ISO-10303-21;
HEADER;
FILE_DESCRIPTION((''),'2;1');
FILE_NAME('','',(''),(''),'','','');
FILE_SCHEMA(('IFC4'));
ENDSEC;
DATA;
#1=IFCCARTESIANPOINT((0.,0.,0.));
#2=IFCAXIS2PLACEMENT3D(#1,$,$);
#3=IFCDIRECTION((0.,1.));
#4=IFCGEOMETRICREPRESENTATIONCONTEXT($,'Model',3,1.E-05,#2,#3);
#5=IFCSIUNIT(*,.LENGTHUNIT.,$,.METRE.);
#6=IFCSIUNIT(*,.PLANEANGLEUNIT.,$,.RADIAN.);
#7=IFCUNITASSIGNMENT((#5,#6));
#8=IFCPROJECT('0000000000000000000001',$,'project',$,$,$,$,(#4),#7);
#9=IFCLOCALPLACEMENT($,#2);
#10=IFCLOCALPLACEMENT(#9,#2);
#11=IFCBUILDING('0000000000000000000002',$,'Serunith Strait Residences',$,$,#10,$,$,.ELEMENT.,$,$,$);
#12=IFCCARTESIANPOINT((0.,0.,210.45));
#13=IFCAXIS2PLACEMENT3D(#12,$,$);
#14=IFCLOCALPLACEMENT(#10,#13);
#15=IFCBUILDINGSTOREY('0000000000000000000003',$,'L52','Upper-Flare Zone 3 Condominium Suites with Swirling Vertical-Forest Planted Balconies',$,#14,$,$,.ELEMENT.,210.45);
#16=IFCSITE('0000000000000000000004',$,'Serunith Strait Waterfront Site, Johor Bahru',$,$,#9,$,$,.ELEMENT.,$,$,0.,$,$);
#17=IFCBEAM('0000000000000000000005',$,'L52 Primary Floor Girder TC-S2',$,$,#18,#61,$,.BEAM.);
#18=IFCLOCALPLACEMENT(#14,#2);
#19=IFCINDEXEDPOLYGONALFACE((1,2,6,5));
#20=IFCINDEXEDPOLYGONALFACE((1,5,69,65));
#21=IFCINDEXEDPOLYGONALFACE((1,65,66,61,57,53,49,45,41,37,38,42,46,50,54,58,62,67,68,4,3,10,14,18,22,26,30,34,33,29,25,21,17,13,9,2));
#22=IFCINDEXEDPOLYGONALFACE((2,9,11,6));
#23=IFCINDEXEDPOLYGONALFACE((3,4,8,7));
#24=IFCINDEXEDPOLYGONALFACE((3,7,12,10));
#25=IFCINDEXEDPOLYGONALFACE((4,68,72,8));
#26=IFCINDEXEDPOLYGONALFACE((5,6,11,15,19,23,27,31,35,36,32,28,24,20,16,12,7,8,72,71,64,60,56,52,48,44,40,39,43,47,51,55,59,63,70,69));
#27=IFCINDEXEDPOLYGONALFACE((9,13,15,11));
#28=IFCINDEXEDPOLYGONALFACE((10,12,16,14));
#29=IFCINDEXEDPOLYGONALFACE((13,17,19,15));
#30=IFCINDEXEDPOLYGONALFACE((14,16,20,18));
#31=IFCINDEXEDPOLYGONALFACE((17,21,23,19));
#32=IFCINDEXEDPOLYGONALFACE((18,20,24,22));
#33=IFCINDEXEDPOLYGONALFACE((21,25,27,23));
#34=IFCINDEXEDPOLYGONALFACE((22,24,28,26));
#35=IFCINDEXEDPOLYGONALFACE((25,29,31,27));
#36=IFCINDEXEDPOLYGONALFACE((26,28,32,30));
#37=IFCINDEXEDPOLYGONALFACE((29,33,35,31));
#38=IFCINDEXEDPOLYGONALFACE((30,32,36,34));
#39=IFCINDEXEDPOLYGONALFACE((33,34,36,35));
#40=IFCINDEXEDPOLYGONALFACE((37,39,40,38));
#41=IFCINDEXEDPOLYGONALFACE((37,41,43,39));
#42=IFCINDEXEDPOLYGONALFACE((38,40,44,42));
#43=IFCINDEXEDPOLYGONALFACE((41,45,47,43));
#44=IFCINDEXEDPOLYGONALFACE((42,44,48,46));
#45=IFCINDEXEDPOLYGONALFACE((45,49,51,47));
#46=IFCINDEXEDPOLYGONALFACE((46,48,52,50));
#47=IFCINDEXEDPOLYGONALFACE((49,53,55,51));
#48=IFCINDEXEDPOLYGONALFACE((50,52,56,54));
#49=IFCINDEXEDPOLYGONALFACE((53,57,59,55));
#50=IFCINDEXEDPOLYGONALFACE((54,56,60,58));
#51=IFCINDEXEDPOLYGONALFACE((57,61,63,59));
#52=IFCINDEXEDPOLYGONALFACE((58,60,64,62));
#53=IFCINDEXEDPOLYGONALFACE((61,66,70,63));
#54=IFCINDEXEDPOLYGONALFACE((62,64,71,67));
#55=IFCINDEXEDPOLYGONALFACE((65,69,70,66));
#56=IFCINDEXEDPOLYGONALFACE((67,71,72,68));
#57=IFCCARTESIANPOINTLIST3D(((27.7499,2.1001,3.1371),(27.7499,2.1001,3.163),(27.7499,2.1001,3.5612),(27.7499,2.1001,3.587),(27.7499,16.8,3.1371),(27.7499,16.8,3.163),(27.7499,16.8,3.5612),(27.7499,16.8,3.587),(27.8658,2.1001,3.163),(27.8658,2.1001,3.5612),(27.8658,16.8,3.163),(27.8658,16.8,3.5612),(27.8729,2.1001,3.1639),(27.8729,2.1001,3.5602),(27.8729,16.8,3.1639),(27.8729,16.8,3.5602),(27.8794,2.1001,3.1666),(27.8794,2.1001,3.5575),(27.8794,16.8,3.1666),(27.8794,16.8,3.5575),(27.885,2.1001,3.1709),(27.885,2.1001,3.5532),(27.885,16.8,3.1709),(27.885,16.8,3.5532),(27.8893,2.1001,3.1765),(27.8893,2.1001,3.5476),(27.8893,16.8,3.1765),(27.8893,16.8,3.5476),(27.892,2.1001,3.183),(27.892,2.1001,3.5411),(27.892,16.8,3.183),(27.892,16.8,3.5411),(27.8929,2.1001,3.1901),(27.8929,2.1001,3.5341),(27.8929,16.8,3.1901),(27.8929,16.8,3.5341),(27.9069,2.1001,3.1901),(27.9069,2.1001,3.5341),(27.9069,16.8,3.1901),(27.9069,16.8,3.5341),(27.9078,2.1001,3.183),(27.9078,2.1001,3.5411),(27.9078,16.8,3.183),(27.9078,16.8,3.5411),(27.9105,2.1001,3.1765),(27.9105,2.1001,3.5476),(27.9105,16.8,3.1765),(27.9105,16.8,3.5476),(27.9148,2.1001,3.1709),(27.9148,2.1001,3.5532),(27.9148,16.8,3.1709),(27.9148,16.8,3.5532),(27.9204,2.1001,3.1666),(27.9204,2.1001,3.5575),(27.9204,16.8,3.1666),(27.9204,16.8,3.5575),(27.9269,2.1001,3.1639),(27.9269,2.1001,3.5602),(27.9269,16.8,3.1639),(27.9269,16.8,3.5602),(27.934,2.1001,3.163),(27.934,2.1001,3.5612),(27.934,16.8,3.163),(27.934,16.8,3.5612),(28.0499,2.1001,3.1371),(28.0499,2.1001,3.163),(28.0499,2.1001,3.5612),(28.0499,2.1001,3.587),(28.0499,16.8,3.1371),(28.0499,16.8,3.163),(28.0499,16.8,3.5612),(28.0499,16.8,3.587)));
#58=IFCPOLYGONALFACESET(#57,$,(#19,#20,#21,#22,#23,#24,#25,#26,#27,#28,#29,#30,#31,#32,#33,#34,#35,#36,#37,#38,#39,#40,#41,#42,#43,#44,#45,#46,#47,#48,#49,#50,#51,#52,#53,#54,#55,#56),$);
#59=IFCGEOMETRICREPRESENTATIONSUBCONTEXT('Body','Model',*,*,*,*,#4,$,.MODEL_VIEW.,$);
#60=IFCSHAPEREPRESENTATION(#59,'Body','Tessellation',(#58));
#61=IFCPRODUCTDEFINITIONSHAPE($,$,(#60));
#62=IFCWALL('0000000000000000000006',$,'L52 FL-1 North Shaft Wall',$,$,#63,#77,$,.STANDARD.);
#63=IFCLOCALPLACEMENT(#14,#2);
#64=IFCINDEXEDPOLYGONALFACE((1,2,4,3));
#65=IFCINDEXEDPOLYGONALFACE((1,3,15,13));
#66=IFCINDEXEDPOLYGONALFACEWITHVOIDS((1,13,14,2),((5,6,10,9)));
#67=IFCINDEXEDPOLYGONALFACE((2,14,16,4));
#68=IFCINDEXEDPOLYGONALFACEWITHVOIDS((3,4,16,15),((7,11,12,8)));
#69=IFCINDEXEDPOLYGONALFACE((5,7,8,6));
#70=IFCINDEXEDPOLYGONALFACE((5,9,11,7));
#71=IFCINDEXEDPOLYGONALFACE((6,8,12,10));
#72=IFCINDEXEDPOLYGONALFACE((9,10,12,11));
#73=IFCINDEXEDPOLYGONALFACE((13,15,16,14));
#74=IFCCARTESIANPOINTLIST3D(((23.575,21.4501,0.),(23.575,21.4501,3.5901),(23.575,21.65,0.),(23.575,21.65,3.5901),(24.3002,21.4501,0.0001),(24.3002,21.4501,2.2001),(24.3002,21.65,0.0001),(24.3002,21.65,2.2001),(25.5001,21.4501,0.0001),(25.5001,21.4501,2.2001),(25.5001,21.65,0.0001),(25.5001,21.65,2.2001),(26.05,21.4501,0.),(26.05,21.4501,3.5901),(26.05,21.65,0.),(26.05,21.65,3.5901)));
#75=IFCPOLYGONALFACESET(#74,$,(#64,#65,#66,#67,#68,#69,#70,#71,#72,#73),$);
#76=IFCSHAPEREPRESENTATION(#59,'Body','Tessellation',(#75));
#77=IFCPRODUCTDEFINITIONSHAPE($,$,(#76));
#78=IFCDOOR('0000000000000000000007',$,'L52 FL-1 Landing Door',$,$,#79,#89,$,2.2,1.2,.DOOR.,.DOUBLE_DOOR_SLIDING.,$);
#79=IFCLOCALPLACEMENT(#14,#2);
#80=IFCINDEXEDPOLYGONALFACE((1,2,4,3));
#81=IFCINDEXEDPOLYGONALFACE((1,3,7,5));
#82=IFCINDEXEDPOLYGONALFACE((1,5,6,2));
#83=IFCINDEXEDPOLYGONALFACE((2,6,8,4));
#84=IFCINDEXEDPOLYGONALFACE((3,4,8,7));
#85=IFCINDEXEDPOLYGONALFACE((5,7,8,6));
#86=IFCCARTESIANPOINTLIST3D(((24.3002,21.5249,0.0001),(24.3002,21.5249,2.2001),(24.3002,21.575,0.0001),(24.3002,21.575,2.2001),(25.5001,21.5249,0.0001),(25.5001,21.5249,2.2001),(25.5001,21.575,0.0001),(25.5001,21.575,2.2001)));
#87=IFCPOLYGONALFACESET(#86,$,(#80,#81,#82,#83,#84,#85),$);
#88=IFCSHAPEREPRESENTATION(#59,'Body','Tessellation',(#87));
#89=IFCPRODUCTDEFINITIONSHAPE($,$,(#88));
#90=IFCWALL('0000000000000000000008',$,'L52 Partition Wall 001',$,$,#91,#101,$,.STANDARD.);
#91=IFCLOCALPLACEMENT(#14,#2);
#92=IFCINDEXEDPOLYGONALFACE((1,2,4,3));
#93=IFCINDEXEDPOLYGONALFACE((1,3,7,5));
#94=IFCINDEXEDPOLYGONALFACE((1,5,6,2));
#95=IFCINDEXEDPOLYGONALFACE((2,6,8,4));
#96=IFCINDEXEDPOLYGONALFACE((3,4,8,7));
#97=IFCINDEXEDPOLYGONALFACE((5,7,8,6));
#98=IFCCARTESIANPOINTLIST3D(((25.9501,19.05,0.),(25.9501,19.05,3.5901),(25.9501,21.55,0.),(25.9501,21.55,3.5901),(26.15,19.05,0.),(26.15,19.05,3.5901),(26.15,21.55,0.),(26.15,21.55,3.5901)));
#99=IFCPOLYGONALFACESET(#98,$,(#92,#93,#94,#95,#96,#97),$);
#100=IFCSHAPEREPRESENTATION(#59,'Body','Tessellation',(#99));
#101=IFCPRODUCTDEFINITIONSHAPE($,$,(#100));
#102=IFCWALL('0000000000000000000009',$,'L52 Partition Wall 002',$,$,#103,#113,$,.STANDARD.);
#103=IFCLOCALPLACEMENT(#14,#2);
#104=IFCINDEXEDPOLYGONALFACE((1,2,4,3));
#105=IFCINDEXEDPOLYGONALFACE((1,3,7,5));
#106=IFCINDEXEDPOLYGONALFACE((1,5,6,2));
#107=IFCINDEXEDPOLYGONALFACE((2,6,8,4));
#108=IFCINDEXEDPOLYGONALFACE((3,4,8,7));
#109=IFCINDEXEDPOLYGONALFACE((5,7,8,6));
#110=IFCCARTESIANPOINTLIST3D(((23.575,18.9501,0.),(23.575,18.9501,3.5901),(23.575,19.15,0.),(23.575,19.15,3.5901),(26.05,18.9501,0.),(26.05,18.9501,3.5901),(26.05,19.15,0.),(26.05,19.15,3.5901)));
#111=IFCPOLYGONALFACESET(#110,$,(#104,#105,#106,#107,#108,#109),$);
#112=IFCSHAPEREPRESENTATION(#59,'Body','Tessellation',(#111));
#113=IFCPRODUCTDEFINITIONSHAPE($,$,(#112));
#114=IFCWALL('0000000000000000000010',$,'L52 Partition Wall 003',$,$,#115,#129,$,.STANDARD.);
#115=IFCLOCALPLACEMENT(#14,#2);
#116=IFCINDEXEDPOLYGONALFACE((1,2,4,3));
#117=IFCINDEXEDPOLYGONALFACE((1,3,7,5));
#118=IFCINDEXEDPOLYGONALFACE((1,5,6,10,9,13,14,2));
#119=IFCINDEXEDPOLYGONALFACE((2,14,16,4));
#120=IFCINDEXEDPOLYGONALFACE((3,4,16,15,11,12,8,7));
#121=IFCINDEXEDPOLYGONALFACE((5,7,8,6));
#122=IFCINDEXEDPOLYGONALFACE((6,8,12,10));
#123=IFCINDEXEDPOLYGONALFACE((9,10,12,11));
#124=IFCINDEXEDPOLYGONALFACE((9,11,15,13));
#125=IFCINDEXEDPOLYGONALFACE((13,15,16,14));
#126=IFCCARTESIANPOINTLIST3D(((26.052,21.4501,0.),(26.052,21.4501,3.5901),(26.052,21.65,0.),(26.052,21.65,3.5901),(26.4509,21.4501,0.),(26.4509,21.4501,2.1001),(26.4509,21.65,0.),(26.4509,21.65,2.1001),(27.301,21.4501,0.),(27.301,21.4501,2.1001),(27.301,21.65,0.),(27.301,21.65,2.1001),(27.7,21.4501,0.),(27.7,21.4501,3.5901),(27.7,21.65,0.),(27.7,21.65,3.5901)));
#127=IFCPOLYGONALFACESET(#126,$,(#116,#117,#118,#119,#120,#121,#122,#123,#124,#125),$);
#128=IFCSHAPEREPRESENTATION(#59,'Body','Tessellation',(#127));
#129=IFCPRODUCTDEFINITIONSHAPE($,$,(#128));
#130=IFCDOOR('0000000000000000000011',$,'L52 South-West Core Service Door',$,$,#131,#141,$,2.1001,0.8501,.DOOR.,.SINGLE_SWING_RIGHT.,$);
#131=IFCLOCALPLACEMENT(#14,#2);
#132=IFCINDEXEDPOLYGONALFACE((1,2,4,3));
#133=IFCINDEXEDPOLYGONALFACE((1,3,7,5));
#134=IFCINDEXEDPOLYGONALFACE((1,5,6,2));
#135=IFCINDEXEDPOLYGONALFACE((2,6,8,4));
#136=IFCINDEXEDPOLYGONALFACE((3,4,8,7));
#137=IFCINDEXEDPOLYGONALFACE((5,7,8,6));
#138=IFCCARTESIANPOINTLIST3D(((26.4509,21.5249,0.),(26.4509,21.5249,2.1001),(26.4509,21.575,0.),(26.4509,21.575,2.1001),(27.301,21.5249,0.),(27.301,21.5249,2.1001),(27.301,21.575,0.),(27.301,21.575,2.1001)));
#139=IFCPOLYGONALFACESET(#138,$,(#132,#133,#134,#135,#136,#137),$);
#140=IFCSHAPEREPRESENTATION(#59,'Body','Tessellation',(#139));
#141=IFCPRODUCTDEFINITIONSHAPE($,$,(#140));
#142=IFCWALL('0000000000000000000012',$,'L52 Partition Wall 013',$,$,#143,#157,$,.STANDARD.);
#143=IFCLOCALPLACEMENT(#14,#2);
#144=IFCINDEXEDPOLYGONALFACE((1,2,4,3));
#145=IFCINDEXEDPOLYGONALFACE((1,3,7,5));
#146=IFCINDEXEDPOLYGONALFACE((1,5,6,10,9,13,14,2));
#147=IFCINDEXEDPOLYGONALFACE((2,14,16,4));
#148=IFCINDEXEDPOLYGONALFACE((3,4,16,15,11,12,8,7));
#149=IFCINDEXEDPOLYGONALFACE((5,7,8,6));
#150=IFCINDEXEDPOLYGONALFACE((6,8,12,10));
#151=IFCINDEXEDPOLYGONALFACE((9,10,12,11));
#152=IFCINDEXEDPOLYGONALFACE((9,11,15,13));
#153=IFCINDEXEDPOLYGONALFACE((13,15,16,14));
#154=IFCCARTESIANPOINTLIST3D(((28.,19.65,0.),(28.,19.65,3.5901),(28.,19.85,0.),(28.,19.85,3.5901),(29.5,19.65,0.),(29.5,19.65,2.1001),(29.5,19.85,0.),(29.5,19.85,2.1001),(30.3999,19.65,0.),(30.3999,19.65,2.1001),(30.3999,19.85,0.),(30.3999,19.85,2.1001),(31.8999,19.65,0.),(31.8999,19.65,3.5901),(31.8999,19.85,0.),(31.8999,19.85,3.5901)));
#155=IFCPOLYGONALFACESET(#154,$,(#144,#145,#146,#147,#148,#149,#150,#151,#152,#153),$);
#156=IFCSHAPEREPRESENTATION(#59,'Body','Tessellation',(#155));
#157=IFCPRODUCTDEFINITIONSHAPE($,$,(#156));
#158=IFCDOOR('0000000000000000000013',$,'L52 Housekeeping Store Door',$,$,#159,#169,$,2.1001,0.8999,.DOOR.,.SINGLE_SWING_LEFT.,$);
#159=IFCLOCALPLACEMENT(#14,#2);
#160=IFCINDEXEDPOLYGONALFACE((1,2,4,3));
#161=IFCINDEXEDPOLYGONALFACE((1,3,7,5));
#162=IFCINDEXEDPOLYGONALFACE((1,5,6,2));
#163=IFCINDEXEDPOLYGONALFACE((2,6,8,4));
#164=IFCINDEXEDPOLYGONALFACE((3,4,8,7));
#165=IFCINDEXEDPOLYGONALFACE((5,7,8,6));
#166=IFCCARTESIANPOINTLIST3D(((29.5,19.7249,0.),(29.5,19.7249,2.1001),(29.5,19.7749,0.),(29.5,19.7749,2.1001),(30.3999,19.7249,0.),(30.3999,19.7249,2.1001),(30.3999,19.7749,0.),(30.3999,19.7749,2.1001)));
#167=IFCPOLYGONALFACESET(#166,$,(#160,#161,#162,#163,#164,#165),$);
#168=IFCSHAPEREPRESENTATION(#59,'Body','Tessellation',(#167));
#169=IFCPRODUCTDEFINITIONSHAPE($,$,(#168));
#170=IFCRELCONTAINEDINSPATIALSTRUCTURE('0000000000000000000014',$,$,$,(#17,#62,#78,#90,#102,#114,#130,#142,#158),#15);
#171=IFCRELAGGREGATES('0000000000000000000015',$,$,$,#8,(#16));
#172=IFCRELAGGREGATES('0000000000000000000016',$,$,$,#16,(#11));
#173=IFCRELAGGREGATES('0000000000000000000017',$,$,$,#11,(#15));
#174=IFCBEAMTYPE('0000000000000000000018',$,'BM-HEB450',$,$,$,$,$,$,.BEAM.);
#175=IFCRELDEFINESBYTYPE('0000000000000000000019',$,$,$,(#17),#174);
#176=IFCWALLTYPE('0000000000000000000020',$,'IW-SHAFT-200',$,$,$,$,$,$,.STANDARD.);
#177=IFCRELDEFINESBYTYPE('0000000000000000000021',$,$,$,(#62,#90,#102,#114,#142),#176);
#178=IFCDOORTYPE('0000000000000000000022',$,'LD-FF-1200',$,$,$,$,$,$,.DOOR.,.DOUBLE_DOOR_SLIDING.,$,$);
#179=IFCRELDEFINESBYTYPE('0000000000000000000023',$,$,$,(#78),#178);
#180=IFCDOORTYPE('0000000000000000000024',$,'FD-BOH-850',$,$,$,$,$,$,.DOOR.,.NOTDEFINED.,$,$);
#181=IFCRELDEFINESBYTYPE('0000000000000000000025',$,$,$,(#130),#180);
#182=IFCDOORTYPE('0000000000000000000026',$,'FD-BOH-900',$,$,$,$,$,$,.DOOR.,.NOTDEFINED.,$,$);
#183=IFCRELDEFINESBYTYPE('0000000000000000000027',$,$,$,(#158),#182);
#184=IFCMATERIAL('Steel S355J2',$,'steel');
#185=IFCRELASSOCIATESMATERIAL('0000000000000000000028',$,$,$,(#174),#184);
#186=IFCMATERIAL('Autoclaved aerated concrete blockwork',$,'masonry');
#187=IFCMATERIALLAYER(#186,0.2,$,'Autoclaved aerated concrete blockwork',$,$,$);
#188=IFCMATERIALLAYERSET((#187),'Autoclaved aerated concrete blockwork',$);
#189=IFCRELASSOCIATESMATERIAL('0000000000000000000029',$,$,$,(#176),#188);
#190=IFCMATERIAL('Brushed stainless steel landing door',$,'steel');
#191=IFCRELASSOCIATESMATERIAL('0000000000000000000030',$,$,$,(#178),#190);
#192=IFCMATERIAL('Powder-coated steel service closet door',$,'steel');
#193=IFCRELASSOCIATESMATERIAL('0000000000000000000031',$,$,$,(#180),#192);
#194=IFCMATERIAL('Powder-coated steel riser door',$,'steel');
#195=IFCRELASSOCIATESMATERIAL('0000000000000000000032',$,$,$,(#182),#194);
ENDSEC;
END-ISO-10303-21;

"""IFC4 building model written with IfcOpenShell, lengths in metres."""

from ifc_helpers import new_model, si_unit, direction, frame, frame_2d, origin, origin_2d, place, context, subcontext, project, spatial, rectangle, i_section, extrude, source, transform, mapped, material, layer, layer_set, material_profile, profile_set, type_object, element, fill, save


model = new_model("IFC4")

# Units and contexts
model_context = context("Model", 3, precision=1e-05, world=origin(), true_north=direction((0.0, 1.0)))
body_context = subcontext(model_context, "Body", "Model", "MODEL_VIEW")
ifc_project = project(units=[si_unit("LENGTHUNIT", "METRE"), si_unit("PLANEANGLEUNIT", "RADIAN")], contexts=[model_context])

# Site, building, storey
site_placement = place(None, origin())
site = spatial("IfcSite", under=ifc_project, at=site_placement, Name="Serunith Strait Waterfront Site, Johor Bahru", CompositionType="ELEMENT", RefElevation=0.0)
building_placement = place(site_placement, origin())
building = spatial("IfcBuilding", under=site, at=building_placement, Name="Serunith Strait Residences", CompositionType="ELEMENT")
storey_placement = place(building_placement, frame((0.0, 0.0, 210.45)))
storey = spatial("IfcBuildingStorey", under=building, at=storey_placement, Name="L52", Description="Upper-Flare Zone 3 Condominium Suites with Swirling Vertical-Forest Planted Balconies", CompositionType="ELEMENT", Elevation=210.45)

# Beam
ifc_material_1 = material(Name="Steel S355J2", Category="steel")
ifc_material_profile = material_profile(ifc_material_1, i_section(OverallWidth=0.3, OverallDepth=0.45, WebThickness=0.0139, FlangeThickness=0.0259, FilletRadius=0.0271, at=origin_2d()), Name="HEB 450")
ifc_profile_set = profile_set([ifc_material_profile], Name="Steel S355J2")
beam_type = type_object("IfcBeamType", Name="BM-HEB450", PredefinedType="BEAM", material=ifc_profile_set)
shared_shape_1 = source(origin(), body_context, "Body", "SweptSolid", [
    extrude(i_section(OverallWidth=0.3, OverallDepth=0.45, WebThickness=0.0139, FlangeThickness=0.0259, FilletRadius=0.0271, at=origin_2d()), origin(), (0.0, 0.0, 1.0), 14.7),
])
beam_placement = place(storey_placement, frame((27.8999, 16.8, 3.3621), z_axis=(0.0, -1.0, 0.0), x_axis=(1.0, 0.0, 0.0)))
element("IfcBeam", 1, at=beam_placement, inside=storey, type_object=beam_type, Name="L52 Primary Floor Girder TC-S2", PredefinedType="BEAM", context=body_context, shape_type="MappedRepresentation", body=[
    mapped(shared_shape_1, transform((0.0, 0.0, 0.0), scale=1.0)),
])

# Wall, opening, door
ifc_material_2 = material(Name="Autoclaved aerated concrete blockwork", Category="masonry")
ifc_layer_1 = layer(ifc_material_2, 0.2, Name="Autoclaved aerated concrete blockwork")
ifc_layer_set_1 = layer_set([ifc_layer_1], Name="Autoclaved aerated concrete blockwork")
wall_type_1 = type_object("IfcWallType", Name="IW-SHAFT-200", PredefinedType="STANDARD", material=ifc_layer_set_1)
wall_1_placement = place(storey_placement, frame((23.575, 21.55, 0.0), z_axis=(0.0, 0.0, 1.0), x_axis=(1.0, 0.0, 0.0)))
wall_1 = element("IfcWall", 2, at=wall_1_placement, inside=storey, type_object=wall_type_1, Name="L52 FL-1 North Shaft Wall", PredefinedType="STANDARD", context=body_context, shape_type="SweptSolid", body=[
    extrude(rectangle(XDim=2.4751, YDim=0.2, at=frame_2d((1.2375, 0.0))), origin(), (0.0, 0.0, 1.0), 3.5901),
])
opening_1_placement = place(wall_1_placement, frame((0.7251, 0.0, 0.0)))
opening_1 = element("IfcOpeningElement", 3, at=opening_1_placement, cuts=wall_1, PredefinedType="OPENING", context=body_context, shape_type="SweptSolid", body=[
    extrude(rectangle(XDim=1.2, YDim=2.2, at=frame_2d((0.6001, 1.1001))), frame((0.0, 0.1099, 0.0), z_axis=(0.0, -1.0, 0.0), x_axis=(1.0, 0.0, 0.0)), (0.0, 0.0, 1.0), 0.22),
])
ifc_material_3 = material(Name="Brushed stainless steel landing door", Category="steel")
door_type_1 = type_object("IfcDoorType", Name="LD-FF-1200", OperationType="DOUBLE_DOOR_SLIDING", PredefinedType="DOOR", material=ifc_material_3)
shared_shape_2 = source(origin(), body_context, "Body", "SweptSolid", [
    extrude(rectangle(XDim=1.2, YDim=2.2, at=frame_2d((0.6001, 1.1001))), frame((0.0, 0.0249, 0.0), z_axis=(0.0, -1.0, 0.0), x_axis=(1.0, 0.0, 0.0)), (0.0, 0.0, 1.0), 0.05),
])
door_1_placement = place(opening_1_placement, origin())
door_1 = element("IfcDoor", 4, at=door_1_placement, inside=storey, type_object=door_type_1, Name="L52 FL-1 Landing Door", OperationType="DOUBLE_DOOR_SLIDING", OverallHeight=2.2, OverallWidth=1.2, PredefinedType="DOOR", context=body_context, shape_type="MappedRepresentation", body=[
    mapped(shared_shape_2, transform((0.0, 0.0, 0.0), scale=1.0)),
])
fill(opening_1, door_1)

# Walls
wall_2_placement = place(storey_placement, frame((26.05, 19.05, 0.0), z_axis=(0.0, 0.0, 1.0), x_axis=(0.0, 1.0, 0.0)))
element("IfcWall", 5, at=wall_2_placement, inside=storey, type_object=wall_type_1, Name="L52 Partition Wall 001", PredefinedType="STANDARD", context=body_context, shape_type="SweptSolid", body=[
    extrude(rectangle(XDim=2.5, YDim=0.2, at=frame_2d((1.25, 0.0))), origin(), (0.0, 0.0, 1.0), 3.5901),
])
wall_3_placement = place(storey_placement, frame((23.575, 19.05, 0.0), z_axis=(0.0, 0.0, 1.0), x_axis=(1.0, 0.0, 0.0)))
element("IfcWall", 6, at=wall_3_placement, inside=storey, type_object=wall_type_1, Name="L52 Partition Wall 002", PredefinedType="STANDARD", context=body_context, shape_type="SweptSolid", body=[
    extrude(rectangle(XDim=2.4751, YDim=0.2, at=frame_2d((1.2375, 0.0))), origin(), (0.0, 0.0, 1.0), 3.5901),
])

# Walls, openings, doors
wall_4_placement = place(storey_placement, frame((26.052, 21.55, 0.0), z_axis=(0.0, 0.0, 1.0), x_axis=(1.0, 0.0, 0.0)))
wall_4 = element("IfcWall", 7, at=wall_4_placement, inside=storey, type_object=wall_type_1, Name="L52 Partition Wall 003", PredefinedType="STANDARD", context=body_context, shape_type="SweptSolid", body=[
    extrude(rectangle(XDim=1.6479, YDim=0.2, at=frame_2d((0.824, 0.0))), origin(), (0.0, 0.0, 1.0), 3.5901),
])
opening_2_placement = place(wall_4_placement, frame((0.3989, 0.0, 0.0)))
opening_2 = element("IfcOpeningElement", 8, at=opening_2_placement, cuts=wall_4, PredefinedType="OPENING", context=body_context, shape_type="SweptSolid", body=[
    extrude(rectangle(XDim=0.8501, YDim=2.1001, at=frame_2d((0.425, 1.05))), frame((0.0, 0.1099, 0.0), z_axis=(0.0, -1.0, 0.0), x_axis=(1.0, 0.0, 0.0)), (0.0, 0.0, 1.0), 0.22),
])
ifc_material_4 = material(Name="Powder-coated steel service closet door", Category="steel")
door_type_2 = type_object("IfcDoorType", Name="FD-BOH-850", OperationType="NOTDEFINED", PredefinedType="DOOR", material=ifc_material_4)
shared_shape_3 = source(origin(), body_context, "Body", "SweptSolid", [
    extrude(rectangle(XDim=0.8501, YDim=2.1001, at=frame_2d((0.425, 1.05))), frame((0.0, 0.0249, 0.0), z_axis=(0.0, -1.0, 0.0), x_axis=(1.0, 0.0, 0.0)), (0.0, 0.0, 1.0), 0.05),
])
door_2_placement = place(opening_2_placement, origin())
door_2 = element("IfcDoor", 9, at=door_2_placement, inside=storey, type_object=door_type_2, Name="L52 South-West Core Service Door", OperationType="SINGLE_SWING_RIGHT", OverallHeight=2.1001, OverallWidth=0.8501, PredefinedType="DOOR", context=body_context, shape_type="MappedRepresentation", body=[
    mapped(shared_shape_3, transform((0.0, 0.0, 0.0), scale=1.0)),
])
fill(opening_2, door_2)
wall_5_placement = place(storey_placement, frame((28.0, 19.75, 0.0), z_axis=(0.0, 0.0, 1.0), x_axis=(1.0, 0.0, 0.0)))
wall_5 = element("IfcWall", 10, at=wall_5_placement, inside=storey, type_object=wall_type_1, Name="L52 Partition Wall 013", PredefinedType="STANDARD", context=body_context, shape_type="SweptSolid", body=[
    extrude(rectangle(XDim=3.8999, YDim=0.2, at=frame_2d((1.95, 0.0))), origin(), (0.0, 0.0, 1.0), 3.5901),
])
opening_3_placement = place(wall_5_placement, frame((1.5, 0.0, 0.0)))
opening_3 = element("IfcOpeningElement", 11, at=opening_3_placement, cuts=wall_5, PredefinedType="OPENING", context=body_context, shape_type="SweptSolid", body=[
    extrude(rectangle(XDim=0.8999, YDim=2.1001, at=frame_2d((0.45, 1.05))), frame((0.0, 0.1099, 0.0), z_axis=(0.0, -1.0, 0.0), x_axis=(1.0, 0.0, 0.0)), (0.0, 0.0, 1.0), 0.22),
])
ifc_material_5 = material(Name="Powder-coated steel riser door", Category="steel")
door_type_3 = type_object("IfcDoorType", Name="FD-BOH-900", OperationType="NOTDEFINED", PredefinedType="DOOR", material=ifc_material_5)
shared_shape_4 = source(origin(), body_context, "Body", "SweptSolid", [
    extrude(rectangle(XDim=0.8999, YDim=2.1001, at=frame_2d((0.45, 1.05))), frame((0.0, 0.0249, 0.0), z_axis=(0.0, -1.0, 0.0), x_axis=(1.0, 0.0, 0.0)), (0.0, 0.0, 1.0), 0.05),
])
door_3_placement = place(opening_3_placement, origin())
door_3 = element("IfcDoor", 12, at=door_3_placement, inside=storey, type_object=door_type_3, Name="L52 Housekeeping Store Door", OperationType="SINGLE_SWING_LEFT", OverallHeight=2.1001, OverallWidth=0.8999, PredefinedType="DOOR", context=body_context, shape_type="MappedRepresentation", body=[
    mapped(shared_shape_4, transform((0.0, 0.0, 0.0), scale=1.0)),
])
fill(opening_3, door_3)

save(model, "model.ifc")
